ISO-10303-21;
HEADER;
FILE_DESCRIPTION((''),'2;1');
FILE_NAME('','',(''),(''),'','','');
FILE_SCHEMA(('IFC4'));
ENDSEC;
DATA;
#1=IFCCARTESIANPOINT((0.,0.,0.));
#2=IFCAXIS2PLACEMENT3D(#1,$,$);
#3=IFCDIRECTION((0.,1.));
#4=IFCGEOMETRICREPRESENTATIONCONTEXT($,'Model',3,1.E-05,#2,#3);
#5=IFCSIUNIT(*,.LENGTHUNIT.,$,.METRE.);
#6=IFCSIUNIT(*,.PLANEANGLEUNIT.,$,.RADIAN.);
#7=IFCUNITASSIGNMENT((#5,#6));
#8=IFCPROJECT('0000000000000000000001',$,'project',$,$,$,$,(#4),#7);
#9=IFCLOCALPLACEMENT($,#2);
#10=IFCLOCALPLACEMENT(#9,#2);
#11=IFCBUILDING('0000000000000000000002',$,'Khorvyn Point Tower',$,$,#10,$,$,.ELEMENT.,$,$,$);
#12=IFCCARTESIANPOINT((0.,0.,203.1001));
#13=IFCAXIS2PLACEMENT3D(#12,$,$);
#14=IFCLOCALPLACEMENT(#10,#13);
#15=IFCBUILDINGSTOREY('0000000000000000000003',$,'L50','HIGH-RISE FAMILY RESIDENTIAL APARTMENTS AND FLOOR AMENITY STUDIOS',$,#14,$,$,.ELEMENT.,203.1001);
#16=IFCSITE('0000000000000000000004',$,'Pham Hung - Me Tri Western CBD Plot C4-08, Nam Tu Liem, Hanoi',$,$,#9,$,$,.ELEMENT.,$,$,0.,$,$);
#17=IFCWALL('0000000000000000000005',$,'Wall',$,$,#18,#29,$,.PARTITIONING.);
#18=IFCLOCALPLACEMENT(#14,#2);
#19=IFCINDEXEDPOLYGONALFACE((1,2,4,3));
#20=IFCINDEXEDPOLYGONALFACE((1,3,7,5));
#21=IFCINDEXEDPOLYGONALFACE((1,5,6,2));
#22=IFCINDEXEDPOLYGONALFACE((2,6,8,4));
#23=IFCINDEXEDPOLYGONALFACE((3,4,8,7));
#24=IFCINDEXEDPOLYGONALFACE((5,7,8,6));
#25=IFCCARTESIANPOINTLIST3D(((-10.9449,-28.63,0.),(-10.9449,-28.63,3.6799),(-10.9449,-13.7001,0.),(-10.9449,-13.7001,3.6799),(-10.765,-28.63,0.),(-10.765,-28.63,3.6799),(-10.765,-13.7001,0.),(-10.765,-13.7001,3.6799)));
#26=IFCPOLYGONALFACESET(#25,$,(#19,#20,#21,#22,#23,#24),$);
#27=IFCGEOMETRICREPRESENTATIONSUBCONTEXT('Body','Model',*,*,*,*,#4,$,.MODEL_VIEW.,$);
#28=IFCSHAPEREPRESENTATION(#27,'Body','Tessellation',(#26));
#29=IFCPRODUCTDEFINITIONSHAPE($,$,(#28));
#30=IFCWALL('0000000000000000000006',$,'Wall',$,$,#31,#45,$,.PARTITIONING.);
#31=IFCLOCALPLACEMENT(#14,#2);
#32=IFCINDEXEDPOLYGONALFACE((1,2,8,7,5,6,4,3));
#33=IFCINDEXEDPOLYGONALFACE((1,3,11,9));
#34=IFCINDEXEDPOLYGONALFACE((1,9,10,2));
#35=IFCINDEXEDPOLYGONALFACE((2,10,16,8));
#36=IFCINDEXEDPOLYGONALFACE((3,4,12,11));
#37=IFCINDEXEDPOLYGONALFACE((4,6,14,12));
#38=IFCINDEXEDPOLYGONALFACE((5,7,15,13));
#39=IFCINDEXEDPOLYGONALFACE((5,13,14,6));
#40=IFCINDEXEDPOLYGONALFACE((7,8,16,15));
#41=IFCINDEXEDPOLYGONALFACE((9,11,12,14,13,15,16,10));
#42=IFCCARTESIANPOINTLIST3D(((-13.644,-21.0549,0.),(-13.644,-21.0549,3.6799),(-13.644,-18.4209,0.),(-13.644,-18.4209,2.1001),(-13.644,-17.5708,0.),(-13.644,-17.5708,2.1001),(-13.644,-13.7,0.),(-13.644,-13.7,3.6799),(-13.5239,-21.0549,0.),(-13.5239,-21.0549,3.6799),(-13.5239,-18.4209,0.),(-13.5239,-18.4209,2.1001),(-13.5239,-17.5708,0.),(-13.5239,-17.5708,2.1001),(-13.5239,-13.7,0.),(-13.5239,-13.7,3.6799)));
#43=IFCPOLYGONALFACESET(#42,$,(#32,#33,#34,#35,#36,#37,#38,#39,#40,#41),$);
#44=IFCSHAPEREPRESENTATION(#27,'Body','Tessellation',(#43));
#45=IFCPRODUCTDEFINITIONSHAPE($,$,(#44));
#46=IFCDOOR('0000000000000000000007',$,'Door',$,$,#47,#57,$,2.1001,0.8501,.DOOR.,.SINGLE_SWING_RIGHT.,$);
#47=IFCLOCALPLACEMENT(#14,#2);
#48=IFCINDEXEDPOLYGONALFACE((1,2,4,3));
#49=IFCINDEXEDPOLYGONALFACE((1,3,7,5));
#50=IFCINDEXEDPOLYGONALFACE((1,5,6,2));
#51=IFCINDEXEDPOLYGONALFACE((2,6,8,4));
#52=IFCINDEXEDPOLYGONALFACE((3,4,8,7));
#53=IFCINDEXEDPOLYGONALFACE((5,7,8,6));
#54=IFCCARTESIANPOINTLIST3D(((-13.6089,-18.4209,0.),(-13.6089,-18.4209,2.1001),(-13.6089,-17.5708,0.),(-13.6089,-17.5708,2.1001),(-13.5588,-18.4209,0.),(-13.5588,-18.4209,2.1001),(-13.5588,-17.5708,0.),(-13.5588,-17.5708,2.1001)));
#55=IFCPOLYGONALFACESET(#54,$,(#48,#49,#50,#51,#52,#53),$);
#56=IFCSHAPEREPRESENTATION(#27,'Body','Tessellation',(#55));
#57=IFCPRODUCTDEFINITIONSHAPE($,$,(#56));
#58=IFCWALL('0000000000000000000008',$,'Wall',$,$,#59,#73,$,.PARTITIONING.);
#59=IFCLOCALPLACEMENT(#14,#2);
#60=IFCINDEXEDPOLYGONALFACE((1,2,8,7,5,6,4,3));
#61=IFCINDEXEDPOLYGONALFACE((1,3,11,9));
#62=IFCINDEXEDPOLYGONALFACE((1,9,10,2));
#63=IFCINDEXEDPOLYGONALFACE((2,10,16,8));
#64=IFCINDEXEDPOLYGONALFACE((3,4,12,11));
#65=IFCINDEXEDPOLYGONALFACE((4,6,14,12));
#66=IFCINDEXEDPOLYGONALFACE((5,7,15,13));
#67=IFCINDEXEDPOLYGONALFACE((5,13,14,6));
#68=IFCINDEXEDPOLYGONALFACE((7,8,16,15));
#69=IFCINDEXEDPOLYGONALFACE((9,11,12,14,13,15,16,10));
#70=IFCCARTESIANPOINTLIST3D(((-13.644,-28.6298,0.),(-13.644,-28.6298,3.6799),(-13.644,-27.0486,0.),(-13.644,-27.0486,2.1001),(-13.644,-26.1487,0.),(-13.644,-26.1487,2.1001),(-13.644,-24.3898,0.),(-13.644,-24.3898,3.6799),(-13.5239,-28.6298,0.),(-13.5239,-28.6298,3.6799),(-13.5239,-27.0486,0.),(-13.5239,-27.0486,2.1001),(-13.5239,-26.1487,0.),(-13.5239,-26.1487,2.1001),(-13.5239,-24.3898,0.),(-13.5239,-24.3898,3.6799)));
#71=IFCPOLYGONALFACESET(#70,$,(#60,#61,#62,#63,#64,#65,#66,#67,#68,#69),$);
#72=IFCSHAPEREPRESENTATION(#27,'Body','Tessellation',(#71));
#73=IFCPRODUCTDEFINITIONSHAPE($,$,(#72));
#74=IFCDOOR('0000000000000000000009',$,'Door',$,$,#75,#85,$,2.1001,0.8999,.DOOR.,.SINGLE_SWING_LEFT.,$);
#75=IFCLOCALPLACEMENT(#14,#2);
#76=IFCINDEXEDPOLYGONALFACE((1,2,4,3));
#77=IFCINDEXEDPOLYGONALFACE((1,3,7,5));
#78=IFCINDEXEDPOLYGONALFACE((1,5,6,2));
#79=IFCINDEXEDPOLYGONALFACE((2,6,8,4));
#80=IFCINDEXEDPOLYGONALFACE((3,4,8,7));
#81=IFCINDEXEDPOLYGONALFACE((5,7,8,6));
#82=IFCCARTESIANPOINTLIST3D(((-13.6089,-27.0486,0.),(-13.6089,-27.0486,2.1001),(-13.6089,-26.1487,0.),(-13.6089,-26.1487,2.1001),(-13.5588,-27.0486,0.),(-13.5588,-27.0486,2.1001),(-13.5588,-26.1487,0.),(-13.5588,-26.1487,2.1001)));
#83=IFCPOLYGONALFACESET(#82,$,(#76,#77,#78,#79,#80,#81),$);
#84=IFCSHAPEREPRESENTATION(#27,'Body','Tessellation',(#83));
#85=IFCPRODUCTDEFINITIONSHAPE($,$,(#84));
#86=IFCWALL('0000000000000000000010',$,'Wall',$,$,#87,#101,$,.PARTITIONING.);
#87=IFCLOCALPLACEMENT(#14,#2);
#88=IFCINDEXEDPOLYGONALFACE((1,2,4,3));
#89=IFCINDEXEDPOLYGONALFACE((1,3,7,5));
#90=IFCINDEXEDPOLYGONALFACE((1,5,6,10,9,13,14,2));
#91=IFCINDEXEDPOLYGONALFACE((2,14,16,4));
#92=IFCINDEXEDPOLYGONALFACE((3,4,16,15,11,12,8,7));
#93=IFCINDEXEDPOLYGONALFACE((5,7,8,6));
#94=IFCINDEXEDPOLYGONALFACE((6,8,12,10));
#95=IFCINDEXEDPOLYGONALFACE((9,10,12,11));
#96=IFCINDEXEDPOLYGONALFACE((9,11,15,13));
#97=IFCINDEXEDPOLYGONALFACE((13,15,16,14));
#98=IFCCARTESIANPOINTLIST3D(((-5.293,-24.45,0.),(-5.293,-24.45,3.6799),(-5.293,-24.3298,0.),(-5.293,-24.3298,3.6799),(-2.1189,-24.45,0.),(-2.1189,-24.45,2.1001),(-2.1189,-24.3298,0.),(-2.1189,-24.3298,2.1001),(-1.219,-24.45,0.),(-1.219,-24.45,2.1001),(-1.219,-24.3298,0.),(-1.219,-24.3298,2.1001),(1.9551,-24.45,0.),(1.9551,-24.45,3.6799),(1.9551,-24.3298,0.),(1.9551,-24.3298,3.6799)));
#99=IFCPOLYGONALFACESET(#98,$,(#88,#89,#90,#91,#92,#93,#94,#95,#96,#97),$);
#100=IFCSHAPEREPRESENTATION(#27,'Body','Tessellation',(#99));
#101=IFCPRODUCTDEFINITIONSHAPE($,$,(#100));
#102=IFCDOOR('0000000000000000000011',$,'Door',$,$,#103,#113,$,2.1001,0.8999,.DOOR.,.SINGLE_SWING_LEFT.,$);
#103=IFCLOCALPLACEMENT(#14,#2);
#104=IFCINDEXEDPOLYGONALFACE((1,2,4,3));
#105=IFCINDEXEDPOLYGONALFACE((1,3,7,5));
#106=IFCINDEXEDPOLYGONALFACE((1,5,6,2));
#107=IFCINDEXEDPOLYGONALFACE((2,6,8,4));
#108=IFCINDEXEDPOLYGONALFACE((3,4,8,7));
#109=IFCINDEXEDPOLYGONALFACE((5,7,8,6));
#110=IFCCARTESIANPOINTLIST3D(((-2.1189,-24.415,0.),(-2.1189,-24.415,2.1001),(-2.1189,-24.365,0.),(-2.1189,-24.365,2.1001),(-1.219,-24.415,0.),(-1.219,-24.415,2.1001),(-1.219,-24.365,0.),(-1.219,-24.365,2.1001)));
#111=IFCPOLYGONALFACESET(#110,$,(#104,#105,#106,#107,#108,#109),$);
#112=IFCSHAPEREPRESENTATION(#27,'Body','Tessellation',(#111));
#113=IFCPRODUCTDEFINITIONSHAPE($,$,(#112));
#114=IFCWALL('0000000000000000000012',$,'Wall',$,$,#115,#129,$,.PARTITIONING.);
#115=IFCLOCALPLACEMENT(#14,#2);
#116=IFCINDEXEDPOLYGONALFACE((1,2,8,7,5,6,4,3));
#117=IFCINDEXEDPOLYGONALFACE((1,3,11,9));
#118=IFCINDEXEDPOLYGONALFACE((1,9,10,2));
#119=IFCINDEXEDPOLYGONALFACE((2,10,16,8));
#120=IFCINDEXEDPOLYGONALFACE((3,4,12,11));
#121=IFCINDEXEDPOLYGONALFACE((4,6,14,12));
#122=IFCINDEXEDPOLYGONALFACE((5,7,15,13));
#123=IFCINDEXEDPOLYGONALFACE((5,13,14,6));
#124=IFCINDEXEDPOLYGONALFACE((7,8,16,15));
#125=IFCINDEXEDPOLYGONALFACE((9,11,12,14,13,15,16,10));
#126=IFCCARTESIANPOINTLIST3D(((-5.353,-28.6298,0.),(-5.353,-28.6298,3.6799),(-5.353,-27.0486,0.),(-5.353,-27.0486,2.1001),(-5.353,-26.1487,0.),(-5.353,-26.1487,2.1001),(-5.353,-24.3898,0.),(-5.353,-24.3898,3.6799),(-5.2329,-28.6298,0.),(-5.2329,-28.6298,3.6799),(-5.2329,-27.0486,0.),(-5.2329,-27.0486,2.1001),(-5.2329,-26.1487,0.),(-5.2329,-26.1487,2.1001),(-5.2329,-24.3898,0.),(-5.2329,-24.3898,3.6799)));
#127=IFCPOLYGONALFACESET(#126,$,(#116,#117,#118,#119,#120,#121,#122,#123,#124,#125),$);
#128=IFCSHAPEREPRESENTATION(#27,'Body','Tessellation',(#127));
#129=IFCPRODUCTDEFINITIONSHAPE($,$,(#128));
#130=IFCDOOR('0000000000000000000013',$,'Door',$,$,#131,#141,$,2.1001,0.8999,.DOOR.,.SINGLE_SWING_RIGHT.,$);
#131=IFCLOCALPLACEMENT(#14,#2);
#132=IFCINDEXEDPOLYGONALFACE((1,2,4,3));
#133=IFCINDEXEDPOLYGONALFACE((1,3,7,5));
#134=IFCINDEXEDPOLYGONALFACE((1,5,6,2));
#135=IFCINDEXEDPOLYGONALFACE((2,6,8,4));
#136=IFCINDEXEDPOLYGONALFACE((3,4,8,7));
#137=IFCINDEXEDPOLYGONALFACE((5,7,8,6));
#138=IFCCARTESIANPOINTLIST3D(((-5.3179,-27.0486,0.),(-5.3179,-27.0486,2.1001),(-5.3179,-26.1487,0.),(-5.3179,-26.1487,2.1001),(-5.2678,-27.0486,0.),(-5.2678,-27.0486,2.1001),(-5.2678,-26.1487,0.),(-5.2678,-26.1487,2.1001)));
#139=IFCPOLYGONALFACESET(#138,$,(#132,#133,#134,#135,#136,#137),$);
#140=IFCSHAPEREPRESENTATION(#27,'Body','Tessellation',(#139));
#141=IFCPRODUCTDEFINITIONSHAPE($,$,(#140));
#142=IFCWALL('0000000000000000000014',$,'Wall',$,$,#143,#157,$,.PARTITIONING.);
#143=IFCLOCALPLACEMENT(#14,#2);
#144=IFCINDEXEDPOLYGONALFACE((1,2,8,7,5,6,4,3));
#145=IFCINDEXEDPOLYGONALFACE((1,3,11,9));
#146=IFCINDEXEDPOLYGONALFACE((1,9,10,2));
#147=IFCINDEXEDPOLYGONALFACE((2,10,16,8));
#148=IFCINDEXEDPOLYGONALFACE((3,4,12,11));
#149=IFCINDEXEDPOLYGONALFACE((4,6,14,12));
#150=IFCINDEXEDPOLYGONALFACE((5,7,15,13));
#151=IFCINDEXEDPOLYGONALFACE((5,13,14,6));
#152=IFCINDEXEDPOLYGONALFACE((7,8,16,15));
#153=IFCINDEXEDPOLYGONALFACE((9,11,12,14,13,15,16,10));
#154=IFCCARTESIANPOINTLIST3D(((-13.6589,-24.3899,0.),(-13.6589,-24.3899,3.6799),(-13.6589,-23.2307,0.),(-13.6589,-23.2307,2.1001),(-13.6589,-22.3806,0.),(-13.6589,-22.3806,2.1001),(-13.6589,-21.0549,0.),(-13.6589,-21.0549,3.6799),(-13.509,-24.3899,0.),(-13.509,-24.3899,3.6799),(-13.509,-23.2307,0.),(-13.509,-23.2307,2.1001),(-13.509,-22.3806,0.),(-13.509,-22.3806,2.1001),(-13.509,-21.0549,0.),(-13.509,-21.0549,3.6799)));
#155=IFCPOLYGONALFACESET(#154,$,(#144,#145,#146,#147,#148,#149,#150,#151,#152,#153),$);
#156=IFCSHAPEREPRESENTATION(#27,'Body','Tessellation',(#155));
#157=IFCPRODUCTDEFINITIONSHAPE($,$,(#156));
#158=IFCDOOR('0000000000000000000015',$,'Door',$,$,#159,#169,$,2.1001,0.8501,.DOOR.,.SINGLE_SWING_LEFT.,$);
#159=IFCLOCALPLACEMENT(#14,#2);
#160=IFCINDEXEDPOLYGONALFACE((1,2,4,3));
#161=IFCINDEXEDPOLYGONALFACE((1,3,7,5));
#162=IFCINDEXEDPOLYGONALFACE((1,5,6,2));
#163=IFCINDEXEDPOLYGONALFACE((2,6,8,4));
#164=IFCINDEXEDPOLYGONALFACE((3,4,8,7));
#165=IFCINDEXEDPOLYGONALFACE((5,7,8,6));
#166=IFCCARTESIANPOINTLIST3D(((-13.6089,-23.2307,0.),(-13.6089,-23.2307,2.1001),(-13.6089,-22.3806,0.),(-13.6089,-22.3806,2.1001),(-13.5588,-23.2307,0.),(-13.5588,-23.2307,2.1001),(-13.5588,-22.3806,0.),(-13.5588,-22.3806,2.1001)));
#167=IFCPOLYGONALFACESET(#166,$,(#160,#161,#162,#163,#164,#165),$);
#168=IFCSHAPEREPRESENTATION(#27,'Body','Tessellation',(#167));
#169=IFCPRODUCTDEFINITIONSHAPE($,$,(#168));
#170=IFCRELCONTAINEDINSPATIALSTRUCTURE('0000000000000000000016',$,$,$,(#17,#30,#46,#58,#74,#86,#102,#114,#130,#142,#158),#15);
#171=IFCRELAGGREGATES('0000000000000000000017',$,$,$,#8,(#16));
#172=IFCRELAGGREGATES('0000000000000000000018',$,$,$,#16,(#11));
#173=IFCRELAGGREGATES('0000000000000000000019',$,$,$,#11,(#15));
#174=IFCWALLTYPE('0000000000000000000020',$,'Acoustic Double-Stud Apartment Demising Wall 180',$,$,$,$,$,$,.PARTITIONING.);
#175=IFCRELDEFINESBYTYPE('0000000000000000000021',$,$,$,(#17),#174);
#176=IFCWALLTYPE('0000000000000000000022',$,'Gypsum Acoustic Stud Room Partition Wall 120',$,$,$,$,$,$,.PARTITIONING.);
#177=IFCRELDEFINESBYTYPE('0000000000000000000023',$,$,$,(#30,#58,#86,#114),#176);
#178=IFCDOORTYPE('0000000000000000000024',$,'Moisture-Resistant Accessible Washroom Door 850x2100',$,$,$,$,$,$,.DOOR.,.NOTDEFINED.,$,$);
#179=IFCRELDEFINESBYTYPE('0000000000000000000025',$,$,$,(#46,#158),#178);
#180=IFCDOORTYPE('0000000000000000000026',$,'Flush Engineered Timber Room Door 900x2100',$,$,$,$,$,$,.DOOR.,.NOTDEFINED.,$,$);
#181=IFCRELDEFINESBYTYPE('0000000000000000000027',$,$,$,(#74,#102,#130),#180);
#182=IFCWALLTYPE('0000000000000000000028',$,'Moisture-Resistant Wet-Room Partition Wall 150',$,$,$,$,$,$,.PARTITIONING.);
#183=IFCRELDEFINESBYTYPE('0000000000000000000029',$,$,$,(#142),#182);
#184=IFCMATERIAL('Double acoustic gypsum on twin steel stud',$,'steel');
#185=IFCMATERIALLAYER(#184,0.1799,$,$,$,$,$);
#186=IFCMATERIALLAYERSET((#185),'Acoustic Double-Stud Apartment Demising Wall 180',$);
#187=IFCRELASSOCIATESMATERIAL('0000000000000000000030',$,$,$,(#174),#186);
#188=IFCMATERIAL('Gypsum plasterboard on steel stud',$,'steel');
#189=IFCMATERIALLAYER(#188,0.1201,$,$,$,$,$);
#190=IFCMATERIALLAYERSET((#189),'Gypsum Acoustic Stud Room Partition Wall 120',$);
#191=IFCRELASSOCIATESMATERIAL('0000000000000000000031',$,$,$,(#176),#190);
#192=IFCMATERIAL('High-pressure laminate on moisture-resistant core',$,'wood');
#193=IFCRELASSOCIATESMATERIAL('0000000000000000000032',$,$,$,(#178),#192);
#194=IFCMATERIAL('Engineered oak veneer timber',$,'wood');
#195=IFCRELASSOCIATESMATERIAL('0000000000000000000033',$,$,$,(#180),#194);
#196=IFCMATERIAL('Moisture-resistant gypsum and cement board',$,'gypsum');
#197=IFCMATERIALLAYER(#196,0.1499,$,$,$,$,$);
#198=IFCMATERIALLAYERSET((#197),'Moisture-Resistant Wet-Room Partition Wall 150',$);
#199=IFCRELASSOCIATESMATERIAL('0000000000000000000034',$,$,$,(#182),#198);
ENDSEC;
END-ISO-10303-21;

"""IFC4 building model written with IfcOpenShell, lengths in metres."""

from ifc_helpers import new_model, si_unit, direction, frame, frame_2d, origin, place, context, subcontext, project, spatial, rectangle, extrude, material, layer, layer_set, type_object, element, fill, save


model = new_model("IFC4")

# Units and contexts
model_context = context("Model", 3, precision=1e-05, world=origin(), true_north=direction((0.0, 1.0)))
body_context = subcontext(model_context, "Body", "Model", "MODEL_VIEW")
ifc_project = project(units=[si_unit("LENGTHUNIT", "METRE"), si_unit("PLANEANGLEUNIT", "RADIAN")], contexts=[model_context])

# Site, building, storey
site_placement = place(None, origin())
site = spatial("IfcSite", under=ifc_project, at=site_placement, Name="Pham Hung - Me Tri Western CBD Plot C4-08, Nam Tu Liem, Hanoi", CompositionType="ELEMENT", RefElevation=0.0)
building_placement = place(site_placement, origin())
building = spatial("IfcBuilding", under=site, at=building_placement, Name="Khorvyn Point Tower", CompositionType="ELEMENT")
storey_placement = place(building_placement, frame((0.0, 0.0, 203.1001)))
storey = spatial("IfcBuildingStorey", under=building, at=storey_placement, Name="L50", Description="HIGH-RISE FAMILY RESIDENTIAL APARTMENTS AND FLOOR AMENITY STUDIOS", CompositionType="ELEMENT", Elevation=203.1001)

# Wall
ifc_material_1 = material(Name="Double acoustic gypsum on twin steel stud", Category="steel")
ifc_layer_1 = layer(ifc_material_1, 0.1799)
ifc_layer_set_1 = layer_set([ifc_layer_1], Name="Acoustic Double-Stud Apartment Demising Wall 180")
wall_type_1 = type_object("IfcWallType", Name="Acoustic Double-Stud Apartment Demising Wall 180", PredefinedType="PARTITIONING", material=ifc_layer_set_1)
wall_1_placement = place(storey_placement, frame((-10.855, -28.6299, 0.0), z_axis=(0.0, 0.0, 1.0), x_axis=(0.0, 1.0, 0.0)))
element("IfcWall", 1, at=wall_1_placement, inside=storey, type_object=wall_type_1, Name="Wall", PredefinedType="PARTITIONING", context=body_context, shape_type="SweptSolid", body=[
    extrude(rectangle(XDim=14.9299, YDim=0.1799, at=frame_2d((7.4648, 0.0))), origin(), (0.0, 0.0, 1.0), 3.6799),
])

# Walls, openings, doors
ifc_material_2 = material(Name="Gypsum plasterboard on steel stud", Category="steel")
ifc_layer_2 = layer(ifc_material_2, 0.1201)
ifc_layer_set_2 = layer_set([ifc_layer_2], Name="Gypsum Acoustic Stud Room Partition Wall 120")
wall_type_2 = type_object("IfcWallType", Name="Gypsum Acoustic Stud Room Partition Wall 120", PredefinedType="PARTITIONING", material=ifc_layer_set_2)
wall_2_placement = place(storey_placement, frame((-13.584, -21.0549, 0.0), z_axis=(0.0, 0.0, 1.0), x_axis=(0.0, 1.0, 0.0)))
wall_2 = element("IfcWall", 2, at=wall_2_placement, inside=storey, type_object=wall_type_2, Name="Wall", PredefinedType="PARTITIONING", context=body_context, shape_type="SweptSolid", body=[
    extrude(rectangle(XDim=7.355, YDim=0.1201, at=frame_2d((3.6775, 0.0))), origin(), (0.0, 0.0, 1.0), 3.6799),
])
opening_1_placement = place(wall_2_placement, frame((2.634, 0.0, 0.0)))
opening_1 = element("IfcOpeningElement", 3, at=opening_1_placement, cuts=wall_2, PredefinedType="OPENING", context=body_context, shape_type="SweptSolid", body=[
    extrude(rectangle(XDim=0.8501, YDim=2.1001, at=frame_2d((0.425, 1.05))), frame((0.0, 0.0701, 0.0), z_axis=(0.0, -1.0, 0.0), x_axis=(1.0, 0.0, 0.0)), (0.0, 0.0, 1.0), 0.1401),
])
ifc_material_3 = material(Name="High-pressure laminate on moisture-resistant core", Category="wood")
door_type_1 = type_object("IfcDoorType", Name="Moisture-Resistant Accessible Washroom Door 850x2100", OperationType="NOTDEFINED", PredefinedType="DOOR", material=ifc_material_3)
door_1_placement = place(opening_1_placement, origin())
door_1 = element("IfcDoor", 4, at=door_1_placement, inside=storey, type_object=door_type_1, Name="Door", OperationType="SINGLE_SWING_RIGHT", OverallHeight=2.1001, OverallWidth=0.8501, PredefinedType="DOOR", context=body_context, shape_type="SweptSolid", body=[
    extrude(rectangle(XDim=0.8501, YDim=2.1001, at=frame_2d((0.425, 1.05))), frame((0.0, 0.0249, 0.0), z_axis=(0.0, -1.0, 0.0), x_axis=(1.0, 0.0, 0.0)), (0.0, 0.0, 1.0), 0.05),
])
fill(opening_1, door_1)
wall_3_placement = place(storey_placement, frame((-13.584, -28.6299, 0.0), z_axis=(0.0, 0.0, 1.0), x_axis=(0.0, 1.0, 0.0)))
wall_3 = element("IfcWall", 5, at=wall_3_placement, inside=storey, type_object=wall_type_2, Name="Wall", PredefinedType="PARTITIONING", context=body_context, shape_type="SweptSolid", body=[
    extrude(rectangle(XDim=4.24, YDim=0.1201, at=frame_2d((2.1201, 0.0))), origin(), (0.0, 0.0, 1.0), 3.6799),
])
opening_2_placement = place(wall_3_placement, frame((1.5813, 0.0, 0.0)))
opening_2 = element("IfcOpeningElement", 6, at=opening_2_placement, cuts=wall_3, PredefinedType="OPENING", context=body_context, shape_type="SweptSolid", body=[
    extrude(rectangle(XDim=0.8999, YDim=2.1001, at=frame_2d((0.45, 1.05))), frame((0.0, 0.0701, 0.0), z_axis=(0.0, -1.0, 0.0), x_axis=(1.0, 0.0, 0.0)), (0.0, 0.0, 1.0), 0.1401),
])
ifc_material_4 = material(Name="Engineered oak veneer timber", Category="wood")
door_type_2 = type_object("IfcDoorType", Name="Flush Engineered Timber Room Door 900x2100", OperationType="NOTDEFINED", PredefinedType="DOOR", material=ifc_material_4)
door_2_placement = place(opening_2_placement, origin())
door_2 = element("IfcDoor", 7, at=door_2_placement, inside=storey, type_object=door_type_2, Name="Door", OperationType="SINGLE_SWING_LEFT", OverallHeight=2.1001, OverallWidth=0.8999, PredefinedType="DOOR", context=body_context, shape_type="SweptSolid", body=[
    extrude(rectangle(XDim=0.8999, YDim=2.1001, at=frame_2d((0.45, 1.05))), frame((0.0, 0.0249, 0.0), z_axis=(0.0, -1.0, 0.0), x_axis=(1.0, 0.0, 0.0)), (0.0, 0.0, 1.0), 0.05),
])
fill(opening_2, door_2)
wall_4_placement = place(storey_placement, frame((-5.293, -24.3899, 0.0), z_axis=(0.0, 0.0, 1.0), x_axis=(1.0, 0.0, 0.0)))
wall_4 = element("IfcWall", 8, at=wall_4_placement, inside=storey, type_object=wall_type_2, Name="Wall", PredefinedType="PARTITIONING", context=body_context, shape_type="SweptSolid", body=[
    extrude(rectangle(XDim=7.248, YDim=0.1201, at=frame_2d((3.624, 0.0))), origin(), (0.0, 0.0, 1.0), 3.6799),
])
opening_3_placement = place(wall_4_placement, frame((3.1741, 0.0, 0.0)))
opening_3 = element("IfcOpeningElement", 9, at=opening_3_placement, cuts=wall_4, PredefinedType="OPENING", context=body_context, shape_type="SweptSolid", body=[
    extrude(rectangle(XDim=0.8999, YDim=2.1001, at=frame_2d((0.45, 1.05))), frame((0.0, 0.0701, 0.0), z_axis=(0.0, -1.0, 0.0), x_axis=(1.0, 0.0, 0.0)), (0.0, 0.0, 1.0), 0.1401),
])
door_3_placement = place(opening_3_placement, origin())
door_3 = element("IfcDoor", 10, at=door_3_placement, inside=storey, type_object=door_type_2, Name="Door", OperationType="SINGLE_SWING_LEFT", OverallHeight=2.1001, OverallWidth=0.8999, PredefinedType="DOOR", context=body_context, shape_type="SweptSolid", body=[
    extrude(rectangle(XDim=0.8999, YDim=2.1001, at=frame_2d((0.45, 1.05))), frame((0.0, 0.0249, 0.0), z_axis=(0.0, -1.0, 0.0), x_axis=(1.0, 0.0, 0.0)), (0.0, 0.0, 1.0), 0.05),
])
fill(opening_3, door_3)
wall_5_placement = place(storey_placement, frame((-5.293, -28.6299, 0.0), z_axis=(0.0, 0.0, 1.0), x_axis=(0.0, 1.0, 0.0)))
wall_5 = element("IfcWall", 11, at=wall_5_placement, inside=storey, type_object=wall_type_2, Name="Wall", PredefinedType="PARTITIONING", context=body_context, shape_type="SweptSolid", body=[
    extrude(rectangle(XDim=4.24, YDim=0.1201, at=frame_2d((2.1201, 0.0))), origin(), (0.0, 0.0, 1.0), 3.6799),
])
opening_4_placement = place(wall_5_placement, frame((1.5813, 0.0, 0.0)))
opening_4 = element("IfcOpeningElement", 12, at=opening_4_placement, cuts=wall_5, PredefinedType="OPENING", context=body_context, shape_type="SweptSolid", body=[
    extrude(rectangle(XDim=0.8999, YDim=2.1001, at=frame_2d((0.45, 1.05))), frame((0.0, 0.0701, 0.0), z_axis=(0.0, -1.0, 0.0), x_axis=(1.0, 0.0, 0.0)), (0.0, 0.0, 1.0), 0.1401),
])
door_4_placement = place(opening_4_placement, origin())
door_4 = element("IfcDoor", 13, at=door_4_placement, inside=storey, type_object=door_type_2, Name="Door", OperationType="SINGLE_SWING_RIGHT", OverallHeight=2.1001, OverallWidth=0.8999, PredefinedType="DOOR", context=body_context, shape_type="SweptSolid", body=[
    extrude(rectangle(XDim=0.8999, YDim=2.1001, at=frame_2d((0.45, 1.05))), frame((0.0, 0.0249, 0.0), z_axis=(0.0, -1.0, 0.0), x_axis=(1.0, 0.0, 0.0)), (0.0, 0.0, 1.0), 0.05),
])
fill(opening_4, door_4)
ifc_material_5 = material(Name="Moisture-resistant gypsum and cement board", Category="gypsum")
ifc_layer_3 = layer(ifc_material_5, 0.1499)
ifc_layer_set_3 = layer_set([ifc_layer_3], Name="Moisture-Resistant Wet-Room Partition Wall 150")
wall_type_3 = type_object("IfcWallType", Name="Moisture-Resistant Wet-Room Partition Wall 150", PredefinedType="PARTITIONING", material=ifc_layer_set_3)
wall_6_placement = place(storey_placement, frame((-13.584, -24.3899, 0.0), z_axis=(0.0, 0.0, 1.0), x_axis=(0.0, 1.0, 0.0)))
wall_6 = element("IfcWall", 14, at=wall_6_placement, inside=storey, type_object=wall_type_3, Name="Wall", PredefinedType="PARTITIONING", context=body_context, shape_type="SweptSolid", body=[
    extrude(rectangle(XDim=3.335, YDim=0.1499, at=frame_2d((1.6675, 0.0))), origin(), (0.0, 0.0, 1.0), 3.6799),
])
opening_5_placement = place(wall_6_placement, frame((1.1592, 0.0, 0.0)))
opening_5 = element("IfcOpeningElement", 15, at=opening_5_placement, cuts=wall_6, PredefinedType="OPENING", context=body_context, shape_type="SweptSolid", body=[
    extrude(rectangle(XDim=0.8501, YDim=2.1001, at=frame_2d((0.425, 1.05))), frame((0.0, 0.085, 0.0), z_axis=(0.0, -1.0, 0.0), x_axis=(1.0, 0.0, 0.0)), (0.0, 0.0, 1.0), 0.1699),
])
door_5_placement = place(opening_5_placement, origin())
door_5 = element("IfcDoor", 16, at=door_5_placement, inside=storey, type_object=door_type_1, Name="Door", OperationType="SINGLE_SWING_LEFT", OverallHeight=2.1001, OverallWidth=0.8501, PredefinedType="DOOR", context=body_context, shape_type="SweptSolid", body=[
    extrude(rectangle(XDim=0.8501, YDim=2.1001, at=frame_2d((0.425, 1.05))), frame((0.0, 0.0249, 0.0), z_axis=(0.0, -1.0, 0.0), x_axis=(1.0, 0.0, 0.0)), (0.0, 0.0, 1.0), 0.05),
])
fill(opening_5, door_5)

save(model, "model.ifc")
